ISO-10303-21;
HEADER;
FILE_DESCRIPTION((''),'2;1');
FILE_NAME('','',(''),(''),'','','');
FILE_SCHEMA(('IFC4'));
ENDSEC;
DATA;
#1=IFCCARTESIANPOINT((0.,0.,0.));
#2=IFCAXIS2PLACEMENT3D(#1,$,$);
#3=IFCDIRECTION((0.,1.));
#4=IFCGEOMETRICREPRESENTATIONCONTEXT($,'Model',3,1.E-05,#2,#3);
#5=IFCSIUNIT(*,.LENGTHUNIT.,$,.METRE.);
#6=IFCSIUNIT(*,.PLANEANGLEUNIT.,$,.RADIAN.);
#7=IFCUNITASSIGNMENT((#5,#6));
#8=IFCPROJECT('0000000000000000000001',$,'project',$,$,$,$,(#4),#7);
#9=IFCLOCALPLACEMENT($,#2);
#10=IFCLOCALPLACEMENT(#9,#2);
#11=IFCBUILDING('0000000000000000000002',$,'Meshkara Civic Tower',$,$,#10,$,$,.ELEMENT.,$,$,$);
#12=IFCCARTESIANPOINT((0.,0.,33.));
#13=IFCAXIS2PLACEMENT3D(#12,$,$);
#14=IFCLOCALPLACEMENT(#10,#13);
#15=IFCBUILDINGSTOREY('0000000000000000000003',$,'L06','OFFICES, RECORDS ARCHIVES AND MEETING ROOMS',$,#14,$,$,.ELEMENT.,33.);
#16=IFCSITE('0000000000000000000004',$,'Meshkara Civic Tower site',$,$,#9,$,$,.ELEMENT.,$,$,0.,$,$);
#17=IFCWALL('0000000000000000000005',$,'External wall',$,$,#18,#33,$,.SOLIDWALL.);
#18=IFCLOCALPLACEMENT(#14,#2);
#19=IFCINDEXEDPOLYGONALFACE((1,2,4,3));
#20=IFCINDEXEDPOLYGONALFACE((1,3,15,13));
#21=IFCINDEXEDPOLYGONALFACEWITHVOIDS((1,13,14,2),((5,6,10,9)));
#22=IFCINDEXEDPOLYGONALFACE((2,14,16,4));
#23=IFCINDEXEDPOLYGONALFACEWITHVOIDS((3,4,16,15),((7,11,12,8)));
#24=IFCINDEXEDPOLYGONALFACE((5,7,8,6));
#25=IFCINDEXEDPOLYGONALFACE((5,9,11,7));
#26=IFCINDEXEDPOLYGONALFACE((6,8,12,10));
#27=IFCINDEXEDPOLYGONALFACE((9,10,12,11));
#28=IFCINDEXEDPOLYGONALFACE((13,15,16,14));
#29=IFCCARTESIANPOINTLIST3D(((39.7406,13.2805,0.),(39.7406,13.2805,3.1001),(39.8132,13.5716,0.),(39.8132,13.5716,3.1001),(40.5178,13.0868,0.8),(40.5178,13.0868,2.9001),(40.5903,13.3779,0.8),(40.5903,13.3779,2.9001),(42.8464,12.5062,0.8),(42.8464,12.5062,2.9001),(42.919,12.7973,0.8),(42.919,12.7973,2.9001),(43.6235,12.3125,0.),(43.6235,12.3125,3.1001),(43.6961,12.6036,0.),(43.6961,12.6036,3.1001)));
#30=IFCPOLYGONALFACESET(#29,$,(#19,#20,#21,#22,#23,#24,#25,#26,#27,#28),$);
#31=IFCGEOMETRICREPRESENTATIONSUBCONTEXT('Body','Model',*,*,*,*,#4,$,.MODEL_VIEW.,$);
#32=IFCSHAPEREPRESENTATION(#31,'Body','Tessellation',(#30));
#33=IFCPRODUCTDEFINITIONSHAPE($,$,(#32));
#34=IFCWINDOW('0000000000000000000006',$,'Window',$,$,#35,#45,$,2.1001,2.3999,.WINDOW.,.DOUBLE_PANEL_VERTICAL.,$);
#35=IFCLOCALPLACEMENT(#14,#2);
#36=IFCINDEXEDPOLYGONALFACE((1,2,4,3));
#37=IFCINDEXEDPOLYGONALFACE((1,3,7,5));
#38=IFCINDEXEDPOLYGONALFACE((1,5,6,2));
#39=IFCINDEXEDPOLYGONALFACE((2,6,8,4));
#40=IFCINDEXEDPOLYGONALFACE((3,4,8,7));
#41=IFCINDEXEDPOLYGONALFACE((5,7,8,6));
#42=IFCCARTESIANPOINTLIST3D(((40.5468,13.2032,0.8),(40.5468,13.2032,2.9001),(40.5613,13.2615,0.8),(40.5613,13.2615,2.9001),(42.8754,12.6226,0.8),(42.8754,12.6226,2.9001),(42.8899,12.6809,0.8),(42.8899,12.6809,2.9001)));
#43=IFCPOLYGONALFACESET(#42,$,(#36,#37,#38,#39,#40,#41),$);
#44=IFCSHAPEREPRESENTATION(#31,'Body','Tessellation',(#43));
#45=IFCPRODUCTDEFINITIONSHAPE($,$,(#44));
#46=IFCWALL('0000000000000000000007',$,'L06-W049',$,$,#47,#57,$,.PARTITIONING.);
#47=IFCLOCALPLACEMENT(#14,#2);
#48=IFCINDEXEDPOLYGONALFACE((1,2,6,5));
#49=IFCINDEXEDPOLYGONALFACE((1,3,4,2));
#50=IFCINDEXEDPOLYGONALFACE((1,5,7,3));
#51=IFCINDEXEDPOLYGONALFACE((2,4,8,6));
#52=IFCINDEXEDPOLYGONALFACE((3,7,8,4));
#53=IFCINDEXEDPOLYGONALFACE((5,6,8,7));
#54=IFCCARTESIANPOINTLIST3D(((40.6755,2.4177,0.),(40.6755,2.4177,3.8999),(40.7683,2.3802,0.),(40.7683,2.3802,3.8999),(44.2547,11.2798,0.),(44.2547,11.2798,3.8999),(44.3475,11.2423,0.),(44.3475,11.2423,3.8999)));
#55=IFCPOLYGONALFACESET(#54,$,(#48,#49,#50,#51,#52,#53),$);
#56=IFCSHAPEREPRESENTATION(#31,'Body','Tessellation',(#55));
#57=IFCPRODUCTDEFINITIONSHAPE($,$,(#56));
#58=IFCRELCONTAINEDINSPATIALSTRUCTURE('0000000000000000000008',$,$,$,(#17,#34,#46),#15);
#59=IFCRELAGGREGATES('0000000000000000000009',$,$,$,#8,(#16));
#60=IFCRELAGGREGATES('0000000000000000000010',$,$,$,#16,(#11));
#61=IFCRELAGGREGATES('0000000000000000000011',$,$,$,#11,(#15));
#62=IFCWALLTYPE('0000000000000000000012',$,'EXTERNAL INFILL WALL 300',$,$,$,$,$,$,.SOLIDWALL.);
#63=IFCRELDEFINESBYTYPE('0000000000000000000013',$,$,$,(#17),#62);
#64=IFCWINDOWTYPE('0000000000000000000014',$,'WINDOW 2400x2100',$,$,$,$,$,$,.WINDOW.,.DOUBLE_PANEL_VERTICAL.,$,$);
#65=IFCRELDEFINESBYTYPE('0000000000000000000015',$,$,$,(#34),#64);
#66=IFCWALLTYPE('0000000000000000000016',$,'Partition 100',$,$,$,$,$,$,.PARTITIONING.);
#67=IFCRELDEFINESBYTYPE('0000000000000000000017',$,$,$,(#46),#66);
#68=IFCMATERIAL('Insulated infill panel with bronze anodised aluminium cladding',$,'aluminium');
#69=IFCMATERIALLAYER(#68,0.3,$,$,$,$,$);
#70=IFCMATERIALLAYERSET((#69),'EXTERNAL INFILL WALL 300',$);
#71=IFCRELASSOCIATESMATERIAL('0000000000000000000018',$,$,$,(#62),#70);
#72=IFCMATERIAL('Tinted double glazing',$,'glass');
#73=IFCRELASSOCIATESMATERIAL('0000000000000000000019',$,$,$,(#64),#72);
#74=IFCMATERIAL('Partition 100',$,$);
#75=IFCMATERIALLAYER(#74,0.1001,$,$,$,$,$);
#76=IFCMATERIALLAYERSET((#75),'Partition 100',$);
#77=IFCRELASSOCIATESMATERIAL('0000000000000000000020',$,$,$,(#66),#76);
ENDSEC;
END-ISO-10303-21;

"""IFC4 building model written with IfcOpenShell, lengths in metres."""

from ifc_helpers import new_model, si_unit, direction, frame, frame_2d, origin, place, context, subcontext, project, spatial, rectangle, extrude, material, layer, layer_set, type_object, element, fill, save


model = new_model("IFC4")

# Units and contexts
model_context = context("Model", 3, precision=1e-05, world=origin(), true_north=direction((0.0, 1.0)))
body_context = subcontext(model_context, "Body", "Model", "MODEL_VIEW")
ifc_project = project(units=[si_unit("LENGTHUNIT", "METRE"), si_unit("PLANEANGLEUNIT", "RADIAN")], contexts=[model_context])

# Site, building, storey
site_placement = place(None, origin())
site = spatial("IfcSite", under=ifc_project, at=site_placement, Name="Meshkara Civic Tower site", CompositionType="ELEMENT", RefElevation=0.0)
building_placement = place(site_placement, origin())
building = spatial("IfcBuilding", under=site, at=building_placement, Name="Meshkara Civic Tower", CompositionType="ELEMENT")
storey_placement = place(building_placement, frame((0.0, 0.0, 33.0)))
storey = spatial("IfcBuildingStorey", under=building, at=storey_placement, Name="L06", Description="OFFICES, RECORDS ARCHIVES AND MEETING ROOMS", CompositionType="ELEMENT", Elevation=33.0)

# Wall, opening, window
ifc_material_1 = material(Name="Insulated infill panel with bronze anodised aluminium cladding", Category="aluminium")
ifc_layer_1 = layer(ifc_material_1, 0.3)
ifc_layer_set_1 = layer_set([ifc_layer_1], Name="EXTERNAL INFILL WALL 300")
wall_type_1 = type_object("IfcWallType", Name="EXTERNAL INFILL WALL 300", PredefinedType="SOLIDWALL", material=ifc_layer_set_1)
ifc_material_2 = material(Name="Tinted double glazing", Category="glass")
window_type = type_object("IfcWindowType", Name="WINDOW 2400x2100", PartitioningType="DOUBLE_PANEL_VERTICAL", PredefinedType="WINDOW", material=ifc_material_2)
wall_1_placement = place(storey_placement, frame((43.6599, 12.458, 0.0), z_axis=(0.0, 0.0, 1.0), x_axis=(-0.9703, 0.241904, 0.0)))
wall_1 = element("IfcWall", 1, at=wall_1_placement, inside=storey, type_object=wall_type_1, Name="External wall", PredefinedType="SOLIDWALL", context=body_context, shape_type="SweptSolid", body=[
    extrude(rectangle(XDim=4.0017, YDim=0.3, at=frame_2d((2.001, 0.0))), origin(), (0.0, 0.0, 1.0), 3.1001),
])
opening_1_placement = place(wall_1_placement, frame((0.801, 0.0, 0.8)))
opening_1 = element("IfcOpeningElement", 2, at=opening_1_placement, cuts=wall_1, PredefinedType="OPENING", context=body_context, shape_type="SweptSolid", body=[
    extrude(rectangle(XDim=2.3999, YDim=2.1001, at=frame_2d((1.2, 1.05))), frame((0.0, 0.1599, 0.0), z_axis=(0.0, -1.0, 0.0), x_axis=(1.0, 0.0, 0.0)), (0.0, 0.0, 1.0), 0.3201),
])
window_1_placement = place(opening_1_placement, origin())
window_1 = element("IfcWindow", 3, at=window_1_placement, inside=storey, type_object=window_type, Name="Window", OverallHeight=2.1001, OverallWidth=2.3999, PartitioningType="DOUBLE_PANEL_VERTICAL", PredefinedType="WINDOW", context=body_context, shape_type="SweptSolid", body=[
    extrude(rectangle(XDim=2.3999, YDim=2.1001, at=frame_2d((1.2, 1.05))), frame((0.0, 0.03, 0.0), z_axis=(0.0, -1.0, 0.0), x_axis=(1.0, 0.0, 0.0)), (0.0, 0.0, 1.0), 0.0601),
])
fill(opening_1, window_1)

# Wall
ifc_material_3 = material(Name="Partition 100")
ifc_layer_2 = layer(ifc_material_3, 0.1001)
ifc_layer_set_2 = layer_set([ifc_layer_2], Name="Partition 100")
wall_type_2 = type_object("IfcWallType", Name="Partition 100", PredefinedType="PARTITIONING", material=ifc_layer_set_2)
wall_2_placement = place(storey_placement, frame((40.7219, 2.3989, 0.0), z_axis=(0.0, 0.0, 1.0), x_axis=(0.37448, 0.927235, 0.0)))
element("IfcWall", 4, at=wall_2_placement, inside=storey, type_object=wall_type_2, Name="L06-W049", PredefinedType="PARTITIONING", context=body_context, shape_type="SweptSolid", body=[
    extrude(rectangle(XDim=9.5576, YDim=0.1001, at=frame_2d((4.7788, 0.0))), origin(), (0.0, 0.0, 1.0), 3.8999),
])

save(model, "model.ifc")
